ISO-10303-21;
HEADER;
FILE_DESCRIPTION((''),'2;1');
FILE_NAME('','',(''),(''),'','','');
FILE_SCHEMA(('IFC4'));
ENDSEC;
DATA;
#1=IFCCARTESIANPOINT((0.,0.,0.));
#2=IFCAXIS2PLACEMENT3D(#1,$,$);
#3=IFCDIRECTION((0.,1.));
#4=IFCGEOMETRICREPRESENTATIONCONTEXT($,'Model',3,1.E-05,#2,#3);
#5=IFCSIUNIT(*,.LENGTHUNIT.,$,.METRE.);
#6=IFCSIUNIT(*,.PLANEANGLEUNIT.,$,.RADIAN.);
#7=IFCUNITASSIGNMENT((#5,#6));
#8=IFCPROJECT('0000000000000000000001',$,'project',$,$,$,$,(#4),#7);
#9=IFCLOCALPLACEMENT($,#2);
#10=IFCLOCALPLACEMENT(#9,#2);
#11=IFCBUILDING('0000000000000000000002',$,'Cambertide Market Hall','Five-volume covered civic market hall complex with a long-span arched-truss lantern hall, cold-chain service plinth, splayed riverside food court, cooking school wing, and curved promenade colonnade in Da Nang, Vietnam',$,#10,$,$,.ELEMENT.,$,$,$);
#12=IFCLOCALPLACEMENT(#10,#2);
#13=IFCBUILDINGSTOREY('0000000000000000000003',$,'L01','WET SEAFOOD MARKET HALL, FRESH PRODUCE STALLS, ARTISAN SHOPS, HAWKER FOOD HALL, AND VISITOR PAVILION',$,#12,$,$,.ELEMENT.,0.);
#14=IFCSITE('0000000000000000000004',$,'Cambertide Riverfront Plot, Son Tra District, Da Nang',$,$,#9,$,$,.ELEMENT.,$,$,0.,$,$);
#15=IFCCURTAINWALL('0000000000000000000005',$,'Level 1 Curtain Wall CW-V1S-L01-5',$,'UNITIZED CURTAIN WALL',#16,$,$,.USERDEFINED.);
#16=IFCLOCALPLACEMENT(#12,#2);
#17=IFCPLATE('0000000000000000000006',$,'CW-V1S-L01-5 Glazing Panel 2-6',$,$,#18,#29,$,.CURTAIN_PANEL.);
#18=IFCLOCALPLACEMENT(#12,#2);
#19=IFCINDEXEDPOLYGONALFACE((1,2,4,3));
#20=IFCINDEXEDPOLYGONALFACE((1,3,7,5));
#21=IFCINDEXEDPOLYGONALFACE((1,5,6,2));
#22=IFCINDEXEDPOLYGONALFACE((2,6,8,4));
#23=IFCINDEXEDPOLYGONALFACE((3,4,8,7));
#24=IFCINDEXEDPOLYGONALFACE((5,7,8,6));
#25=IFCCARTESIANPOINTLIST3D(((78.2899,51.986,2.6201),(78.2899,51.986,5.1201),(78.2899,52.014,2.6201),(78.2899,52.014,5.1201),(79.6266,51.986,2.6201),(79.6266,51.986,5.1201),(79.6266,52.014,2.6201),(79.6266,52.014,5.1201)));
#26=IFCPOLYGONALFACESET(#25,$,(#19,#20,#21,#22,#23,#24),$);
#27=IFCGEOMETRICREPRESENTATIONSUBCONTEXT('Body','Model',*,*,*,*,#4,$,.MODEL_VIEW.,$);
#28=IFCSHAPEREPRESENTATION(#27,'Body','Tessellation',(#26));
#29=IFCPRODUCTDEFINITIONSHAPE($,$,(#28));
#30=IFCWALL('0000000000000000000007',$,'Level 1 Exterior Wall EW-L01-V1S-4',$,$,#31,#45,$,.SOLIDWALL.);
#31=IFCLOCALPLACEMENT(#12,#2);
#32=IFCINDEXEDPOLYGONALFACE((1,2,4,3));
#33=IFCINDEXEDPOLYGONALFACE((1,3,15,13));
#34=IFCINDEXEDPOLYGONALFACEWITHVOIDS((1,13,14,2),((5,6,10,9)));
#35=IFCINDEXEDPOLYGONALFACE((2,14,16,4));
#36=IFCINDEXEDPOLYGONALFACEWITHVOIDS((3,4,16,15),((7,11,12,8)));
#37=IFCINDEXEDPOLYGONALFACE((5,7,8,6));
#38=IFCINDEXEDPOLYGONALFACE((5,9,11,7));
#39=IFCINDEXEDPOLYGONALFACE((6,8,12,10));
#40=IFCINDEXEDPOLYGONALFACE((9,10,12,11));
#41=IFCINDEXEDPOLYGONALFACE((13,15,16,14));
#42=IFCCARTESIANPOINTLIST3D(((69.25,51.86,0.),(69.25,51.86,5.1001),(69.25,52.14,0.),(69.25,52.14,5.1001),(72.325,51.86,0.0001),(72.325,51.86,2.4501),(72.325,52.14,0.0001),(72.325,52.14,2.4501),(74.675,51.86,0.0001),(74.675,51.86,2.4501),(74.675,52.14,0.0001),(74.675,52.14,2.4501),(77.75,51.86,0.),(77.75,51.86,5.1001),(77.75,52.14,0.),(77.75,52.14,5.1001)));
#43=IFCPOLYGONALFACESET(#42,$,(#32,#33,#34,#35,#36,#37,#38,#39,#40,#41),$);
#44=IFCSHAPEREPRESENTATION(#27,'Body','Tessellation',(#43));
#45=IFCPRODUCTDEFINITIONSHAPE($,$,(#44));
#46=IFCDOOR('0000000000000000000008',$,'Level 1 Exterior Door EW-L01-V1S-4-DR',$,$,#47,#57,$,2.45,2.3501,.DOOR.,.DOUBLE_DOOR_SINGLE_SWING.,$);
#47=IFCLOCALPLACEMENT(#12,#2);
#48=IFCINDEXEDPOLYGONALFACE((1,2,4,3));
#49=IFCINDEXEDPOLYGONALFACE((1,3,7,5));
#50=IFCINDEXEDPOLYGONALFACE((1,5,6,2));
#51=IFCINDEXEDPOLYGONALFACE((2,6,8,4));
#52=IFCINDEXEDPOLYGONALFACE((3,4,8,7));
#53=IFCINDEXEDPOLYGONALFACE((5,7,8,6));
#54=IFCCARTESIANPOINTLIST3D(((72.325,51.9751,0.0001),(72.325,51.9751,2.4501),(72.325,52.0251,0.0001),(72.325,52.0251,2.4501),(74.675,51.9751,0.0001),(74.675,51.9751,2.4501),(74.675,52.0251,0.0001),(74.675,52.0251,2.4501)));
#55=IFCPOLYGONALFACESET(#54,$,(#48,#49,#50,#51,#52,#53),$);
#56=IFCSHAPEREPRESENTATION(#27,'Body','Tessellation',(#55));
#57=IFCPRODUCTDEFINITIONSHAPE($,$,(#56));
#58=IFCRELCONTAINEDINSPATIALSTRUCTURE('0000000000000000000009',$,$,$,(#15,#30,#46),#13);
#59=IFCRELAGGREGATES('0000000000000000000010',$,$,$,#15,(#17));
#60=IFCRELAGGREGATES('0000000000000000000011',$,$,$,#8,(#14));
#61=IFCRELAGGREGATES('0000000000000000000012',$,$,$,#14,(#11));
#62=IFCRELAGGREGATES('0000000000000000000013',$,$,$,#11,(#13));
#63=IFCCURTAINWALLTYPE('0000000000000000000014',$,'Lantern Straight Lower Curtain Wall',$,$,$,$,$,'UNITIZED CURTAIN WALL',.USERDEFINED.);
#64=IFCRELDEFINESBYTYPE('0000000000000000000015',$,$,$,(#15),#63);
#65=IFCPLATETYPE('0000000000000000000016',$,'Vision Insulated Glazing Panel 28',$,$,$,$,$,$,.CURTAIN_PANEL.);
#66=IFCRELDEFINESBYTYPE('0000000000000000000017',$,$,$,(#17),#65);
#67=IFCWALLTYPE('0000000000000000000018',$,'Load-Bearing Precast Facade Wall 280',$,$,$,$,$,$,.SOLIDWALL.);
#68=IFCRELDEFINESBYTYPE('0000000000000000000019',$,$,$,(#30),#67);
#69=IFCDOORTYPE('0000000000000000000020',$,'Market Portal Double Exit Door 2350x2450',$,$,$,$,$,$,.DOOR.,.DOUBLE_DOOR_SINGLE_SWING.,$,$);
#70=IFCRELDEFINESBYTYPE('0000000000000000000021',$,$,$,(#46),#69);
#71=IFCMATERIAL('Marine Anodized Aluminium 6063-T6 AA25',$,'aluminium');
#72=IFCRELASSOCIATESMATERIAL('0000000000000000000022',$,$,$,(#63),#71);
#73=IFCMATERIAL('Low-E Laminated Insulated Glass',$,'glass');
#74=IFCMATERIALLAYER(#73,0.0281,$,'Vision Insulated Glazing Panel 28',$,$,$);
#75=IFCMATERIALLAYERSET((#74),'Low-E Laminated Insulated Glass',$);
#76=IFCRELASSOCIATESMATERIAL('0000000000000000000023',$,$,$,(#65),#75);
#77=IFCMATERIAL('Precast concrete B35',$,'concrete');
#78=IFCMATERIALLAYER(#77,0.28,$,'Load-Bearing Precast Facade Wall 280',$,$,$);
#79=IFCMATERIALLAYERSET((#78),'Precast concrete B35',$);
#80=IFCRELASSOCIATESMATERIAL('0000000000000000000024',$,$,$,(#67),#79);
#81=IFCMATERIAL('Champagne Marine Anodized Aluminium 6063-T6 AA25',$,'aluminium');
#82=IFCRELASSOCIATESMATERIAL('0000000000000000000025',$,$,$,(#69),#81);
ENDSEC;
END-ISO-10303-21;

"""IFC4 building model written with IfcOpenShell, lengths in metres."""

from ifc_helpers import new_model, si_unit, direction, frame, frame_2d, origin, origin_2d, place, context, subcontext, project, spatial, rectangle, extrude, material, layer, layer_set, type_object, element, fill, aggregate, save


model = new_model("IFC4")

# Units and contexts
model_context = context("Model", 3, precision=1e-05, world=origin(), true_north=direction((0.0, 1.0)))
body_context = subcontext(model_context, "Body", "Model", "MODEL_VIEW")
ifc_project = project(units=[si_unit("LENGTHUNIT", "METRE"), si_unit("PLANEANGLEUNIT", "RADIAN")], contexts=[model_context])

# Site, building, storey
site_placement = place(None, origin())
site = spatial("IfcSite", under=ifc_project, at=site_placement, Name="Cambertide Riverfront Plot, Son Tra District, Da Nang", CompositionType="ELEMENT", RefElevation=0.0)
building_placement = place(site_placement, origin())
building = spatial("IfcBuilding", under=site, at=building_placement, Name="Cambertide Market Hall", Description="Five-volume covered civic market hall complex with a long-span arched-truss lantern hall, cold-chain service plinth, splayed riverside food court, cooking school wing, and curved promenade colonnade in Da Nang, Vietnam", CompositionType="ELEMENT")
storey_placement = place(building_placement, origin())
storey = spatial("IfcBuildingStorey", under=building, at=storey_placement, Name="L01", Description="WET SEAFOOD MARKET HALL, FRESH PRODUCE STALLS, ARTISAN SHOPS, HAWKER FOOD HALL, AND VISITOR PAVILION", CompositionType="ELEMENT", Elevation=0.0)

# Curtain wall
ifc_material_1 = material(Name="Marine Anodized Aluminium 6063-T6 AA25", Category="aluminium")
curtain_wall_type = type_object("IfcCurtainWallType", Name="Lantern Straight Lower Curtain Wall", ElementType="UNITIZED CURTAIN WALL", PredefinedType="USERDEFINED", material=ifc_material_1)
curtain_wall_1_placement = place(storey_placement, origin())
curtain_wall_1 = element("IfcCurtainWall", 1, at=curtain_wall_1_placement, inside=storey, type_object=curtain_wall_type, Name="Level 1 Curtain Wall CW-V1S-L01-5", ObjectType="UNITIZED CURTAIN WALL", PredefinedType="USERDEFINED")

# Plate
ifc_material_2 = material(Name="Low-E Laminated Insulated Glass", Category="glass")
ifc_layer_1 = layer(ifc_material_2, 0.0281, Name="Vision Insulated Glazing Panel 28")
ifc_layer_set_1 = layer_set([ifc_layer_1], Name="Low-E Laminated Insulated Glass")
plate_type = type_object("IfcPlateType", Name="Vision Insulated Glazing Panel 28", PredefinedType="CURTAIN_PANEL", material=ifc_layer_set_1)
plate_1_placement = place(storey_placement, frame((78.9583, 52.0, 2.6201), z_axis=(0.0, 0.0, 1.0), x_axis=(-1.0, 0.0, 0.0)))
plate_1 = element("IfcPlate", 2, at=plate_1_placement, type_object=plate_type, Name="CW-V1S-L01-5 Glazing Panel 2-6", PredefinedType="CURTAIN_PANEL", context=body_context, shape_type="SweptSolid", body=[
    extrude(rectangle(XDim=1.3367, YDim=0.0281, at=origin_2d()), origin(), (0.0, 0.0, 1.0), 2.5),
])
aggregate(curtain_wall_1, [plate_1])

# Wall, opening, door
ifc_material_3 = material(Name="Precast concrete B35", Category="concrete")
ifc_layer_2 = layer(ifc_material_3, 0.28, Name="Load-Bearing Precast Facade Wall 280")
ifc_layer_set_2 = layer_set([ifc_layer_2], Name="Precast concrete B35")
wall_type = type_object("IfcWallType", Name="Load-Bearing Precast Facade Wall 280", PredefinedType="SOLIDWALL", material=ifc_layer_set_2)
wall_placement = place(storey_placement, frame((77.75, 52.0, 0.0), z_axis=(0.0, 0.0, 1.0), x_axis=(-1.0, 0.0, 0.0)))
wall = element("IfcWall", 3, at=wall_placement, inside=storey, type_object=wall_type, Name="Level 1 Exterior Wall EW-L01-V1S-4", PredefinedType="SOLIDWALL", context=body_context, shape_type="SweptSolid", body=[
    extrude(rectangle(XDim=8.5, YDim=0.28, at=frame_2d((4.25, 0.0))), origin(), (0.0, 0.0, 1.0), 5.1001),
])
opening_placement = place(wall_placement, frame((3.075, 0.0, 0.0)))
opening = element("IfcOpeningElement", 4, at=opening_placement, cuts=wall, PredefinedType="OPENING", context=body_context, shape_type="SweptSolid", body=[
    extrude(rectangle(XDim=2.3501, YDim=2.45, at=frame_2d((1.175, 1.2251))), frame((0.0, 0.1499, 0.0), z_axis=(0.0, -1.0, 0.0), x_axis=(1.0, 0.0, 0.0)), (0.0, 0.0, 1.0), 0.3),
])
ifc_material_4 = material(Name="Champagne Marine Anodized Aluminium 6063-T6 AA25", Category="aluminium")
door_type = type_object("IfcDoorType", Name="Market Portal Double Exit Door 2350x2450", OperationType="DOUBLE_DOOR_SINGLE_SWING", PredefinedType="DOOR", material=ifc_material_4)
door_placement = place(opening_placement, origin())
door = element("IfcDoor", 5, at=door_placement, inside=storey, type_object=door_type, Name="Level 1 Exterior Door EW-L01-V1S-4-DR", OperationType="DOUBLE_DOOR_SINGLE_SWING", OverallHeight=2.45, OverallWidth=2.3501, PredefinedType="DOOR", context=body_context, shape_type="SweptSolid", body=[
    extrude(rectangle(XDim=2.3501, YDim=2.45, at=frame_2d((1.175, 1.2251))), frame((0.0, 0.0249, 0.0), z_axis=(0.0, -1.0, 0.0), x_axis=(1.0, 0.0, 0.0)), (0.0, 0.0, 1.0), 0.05),
])
fill(opening, door)

save(model, "model.ifc")
